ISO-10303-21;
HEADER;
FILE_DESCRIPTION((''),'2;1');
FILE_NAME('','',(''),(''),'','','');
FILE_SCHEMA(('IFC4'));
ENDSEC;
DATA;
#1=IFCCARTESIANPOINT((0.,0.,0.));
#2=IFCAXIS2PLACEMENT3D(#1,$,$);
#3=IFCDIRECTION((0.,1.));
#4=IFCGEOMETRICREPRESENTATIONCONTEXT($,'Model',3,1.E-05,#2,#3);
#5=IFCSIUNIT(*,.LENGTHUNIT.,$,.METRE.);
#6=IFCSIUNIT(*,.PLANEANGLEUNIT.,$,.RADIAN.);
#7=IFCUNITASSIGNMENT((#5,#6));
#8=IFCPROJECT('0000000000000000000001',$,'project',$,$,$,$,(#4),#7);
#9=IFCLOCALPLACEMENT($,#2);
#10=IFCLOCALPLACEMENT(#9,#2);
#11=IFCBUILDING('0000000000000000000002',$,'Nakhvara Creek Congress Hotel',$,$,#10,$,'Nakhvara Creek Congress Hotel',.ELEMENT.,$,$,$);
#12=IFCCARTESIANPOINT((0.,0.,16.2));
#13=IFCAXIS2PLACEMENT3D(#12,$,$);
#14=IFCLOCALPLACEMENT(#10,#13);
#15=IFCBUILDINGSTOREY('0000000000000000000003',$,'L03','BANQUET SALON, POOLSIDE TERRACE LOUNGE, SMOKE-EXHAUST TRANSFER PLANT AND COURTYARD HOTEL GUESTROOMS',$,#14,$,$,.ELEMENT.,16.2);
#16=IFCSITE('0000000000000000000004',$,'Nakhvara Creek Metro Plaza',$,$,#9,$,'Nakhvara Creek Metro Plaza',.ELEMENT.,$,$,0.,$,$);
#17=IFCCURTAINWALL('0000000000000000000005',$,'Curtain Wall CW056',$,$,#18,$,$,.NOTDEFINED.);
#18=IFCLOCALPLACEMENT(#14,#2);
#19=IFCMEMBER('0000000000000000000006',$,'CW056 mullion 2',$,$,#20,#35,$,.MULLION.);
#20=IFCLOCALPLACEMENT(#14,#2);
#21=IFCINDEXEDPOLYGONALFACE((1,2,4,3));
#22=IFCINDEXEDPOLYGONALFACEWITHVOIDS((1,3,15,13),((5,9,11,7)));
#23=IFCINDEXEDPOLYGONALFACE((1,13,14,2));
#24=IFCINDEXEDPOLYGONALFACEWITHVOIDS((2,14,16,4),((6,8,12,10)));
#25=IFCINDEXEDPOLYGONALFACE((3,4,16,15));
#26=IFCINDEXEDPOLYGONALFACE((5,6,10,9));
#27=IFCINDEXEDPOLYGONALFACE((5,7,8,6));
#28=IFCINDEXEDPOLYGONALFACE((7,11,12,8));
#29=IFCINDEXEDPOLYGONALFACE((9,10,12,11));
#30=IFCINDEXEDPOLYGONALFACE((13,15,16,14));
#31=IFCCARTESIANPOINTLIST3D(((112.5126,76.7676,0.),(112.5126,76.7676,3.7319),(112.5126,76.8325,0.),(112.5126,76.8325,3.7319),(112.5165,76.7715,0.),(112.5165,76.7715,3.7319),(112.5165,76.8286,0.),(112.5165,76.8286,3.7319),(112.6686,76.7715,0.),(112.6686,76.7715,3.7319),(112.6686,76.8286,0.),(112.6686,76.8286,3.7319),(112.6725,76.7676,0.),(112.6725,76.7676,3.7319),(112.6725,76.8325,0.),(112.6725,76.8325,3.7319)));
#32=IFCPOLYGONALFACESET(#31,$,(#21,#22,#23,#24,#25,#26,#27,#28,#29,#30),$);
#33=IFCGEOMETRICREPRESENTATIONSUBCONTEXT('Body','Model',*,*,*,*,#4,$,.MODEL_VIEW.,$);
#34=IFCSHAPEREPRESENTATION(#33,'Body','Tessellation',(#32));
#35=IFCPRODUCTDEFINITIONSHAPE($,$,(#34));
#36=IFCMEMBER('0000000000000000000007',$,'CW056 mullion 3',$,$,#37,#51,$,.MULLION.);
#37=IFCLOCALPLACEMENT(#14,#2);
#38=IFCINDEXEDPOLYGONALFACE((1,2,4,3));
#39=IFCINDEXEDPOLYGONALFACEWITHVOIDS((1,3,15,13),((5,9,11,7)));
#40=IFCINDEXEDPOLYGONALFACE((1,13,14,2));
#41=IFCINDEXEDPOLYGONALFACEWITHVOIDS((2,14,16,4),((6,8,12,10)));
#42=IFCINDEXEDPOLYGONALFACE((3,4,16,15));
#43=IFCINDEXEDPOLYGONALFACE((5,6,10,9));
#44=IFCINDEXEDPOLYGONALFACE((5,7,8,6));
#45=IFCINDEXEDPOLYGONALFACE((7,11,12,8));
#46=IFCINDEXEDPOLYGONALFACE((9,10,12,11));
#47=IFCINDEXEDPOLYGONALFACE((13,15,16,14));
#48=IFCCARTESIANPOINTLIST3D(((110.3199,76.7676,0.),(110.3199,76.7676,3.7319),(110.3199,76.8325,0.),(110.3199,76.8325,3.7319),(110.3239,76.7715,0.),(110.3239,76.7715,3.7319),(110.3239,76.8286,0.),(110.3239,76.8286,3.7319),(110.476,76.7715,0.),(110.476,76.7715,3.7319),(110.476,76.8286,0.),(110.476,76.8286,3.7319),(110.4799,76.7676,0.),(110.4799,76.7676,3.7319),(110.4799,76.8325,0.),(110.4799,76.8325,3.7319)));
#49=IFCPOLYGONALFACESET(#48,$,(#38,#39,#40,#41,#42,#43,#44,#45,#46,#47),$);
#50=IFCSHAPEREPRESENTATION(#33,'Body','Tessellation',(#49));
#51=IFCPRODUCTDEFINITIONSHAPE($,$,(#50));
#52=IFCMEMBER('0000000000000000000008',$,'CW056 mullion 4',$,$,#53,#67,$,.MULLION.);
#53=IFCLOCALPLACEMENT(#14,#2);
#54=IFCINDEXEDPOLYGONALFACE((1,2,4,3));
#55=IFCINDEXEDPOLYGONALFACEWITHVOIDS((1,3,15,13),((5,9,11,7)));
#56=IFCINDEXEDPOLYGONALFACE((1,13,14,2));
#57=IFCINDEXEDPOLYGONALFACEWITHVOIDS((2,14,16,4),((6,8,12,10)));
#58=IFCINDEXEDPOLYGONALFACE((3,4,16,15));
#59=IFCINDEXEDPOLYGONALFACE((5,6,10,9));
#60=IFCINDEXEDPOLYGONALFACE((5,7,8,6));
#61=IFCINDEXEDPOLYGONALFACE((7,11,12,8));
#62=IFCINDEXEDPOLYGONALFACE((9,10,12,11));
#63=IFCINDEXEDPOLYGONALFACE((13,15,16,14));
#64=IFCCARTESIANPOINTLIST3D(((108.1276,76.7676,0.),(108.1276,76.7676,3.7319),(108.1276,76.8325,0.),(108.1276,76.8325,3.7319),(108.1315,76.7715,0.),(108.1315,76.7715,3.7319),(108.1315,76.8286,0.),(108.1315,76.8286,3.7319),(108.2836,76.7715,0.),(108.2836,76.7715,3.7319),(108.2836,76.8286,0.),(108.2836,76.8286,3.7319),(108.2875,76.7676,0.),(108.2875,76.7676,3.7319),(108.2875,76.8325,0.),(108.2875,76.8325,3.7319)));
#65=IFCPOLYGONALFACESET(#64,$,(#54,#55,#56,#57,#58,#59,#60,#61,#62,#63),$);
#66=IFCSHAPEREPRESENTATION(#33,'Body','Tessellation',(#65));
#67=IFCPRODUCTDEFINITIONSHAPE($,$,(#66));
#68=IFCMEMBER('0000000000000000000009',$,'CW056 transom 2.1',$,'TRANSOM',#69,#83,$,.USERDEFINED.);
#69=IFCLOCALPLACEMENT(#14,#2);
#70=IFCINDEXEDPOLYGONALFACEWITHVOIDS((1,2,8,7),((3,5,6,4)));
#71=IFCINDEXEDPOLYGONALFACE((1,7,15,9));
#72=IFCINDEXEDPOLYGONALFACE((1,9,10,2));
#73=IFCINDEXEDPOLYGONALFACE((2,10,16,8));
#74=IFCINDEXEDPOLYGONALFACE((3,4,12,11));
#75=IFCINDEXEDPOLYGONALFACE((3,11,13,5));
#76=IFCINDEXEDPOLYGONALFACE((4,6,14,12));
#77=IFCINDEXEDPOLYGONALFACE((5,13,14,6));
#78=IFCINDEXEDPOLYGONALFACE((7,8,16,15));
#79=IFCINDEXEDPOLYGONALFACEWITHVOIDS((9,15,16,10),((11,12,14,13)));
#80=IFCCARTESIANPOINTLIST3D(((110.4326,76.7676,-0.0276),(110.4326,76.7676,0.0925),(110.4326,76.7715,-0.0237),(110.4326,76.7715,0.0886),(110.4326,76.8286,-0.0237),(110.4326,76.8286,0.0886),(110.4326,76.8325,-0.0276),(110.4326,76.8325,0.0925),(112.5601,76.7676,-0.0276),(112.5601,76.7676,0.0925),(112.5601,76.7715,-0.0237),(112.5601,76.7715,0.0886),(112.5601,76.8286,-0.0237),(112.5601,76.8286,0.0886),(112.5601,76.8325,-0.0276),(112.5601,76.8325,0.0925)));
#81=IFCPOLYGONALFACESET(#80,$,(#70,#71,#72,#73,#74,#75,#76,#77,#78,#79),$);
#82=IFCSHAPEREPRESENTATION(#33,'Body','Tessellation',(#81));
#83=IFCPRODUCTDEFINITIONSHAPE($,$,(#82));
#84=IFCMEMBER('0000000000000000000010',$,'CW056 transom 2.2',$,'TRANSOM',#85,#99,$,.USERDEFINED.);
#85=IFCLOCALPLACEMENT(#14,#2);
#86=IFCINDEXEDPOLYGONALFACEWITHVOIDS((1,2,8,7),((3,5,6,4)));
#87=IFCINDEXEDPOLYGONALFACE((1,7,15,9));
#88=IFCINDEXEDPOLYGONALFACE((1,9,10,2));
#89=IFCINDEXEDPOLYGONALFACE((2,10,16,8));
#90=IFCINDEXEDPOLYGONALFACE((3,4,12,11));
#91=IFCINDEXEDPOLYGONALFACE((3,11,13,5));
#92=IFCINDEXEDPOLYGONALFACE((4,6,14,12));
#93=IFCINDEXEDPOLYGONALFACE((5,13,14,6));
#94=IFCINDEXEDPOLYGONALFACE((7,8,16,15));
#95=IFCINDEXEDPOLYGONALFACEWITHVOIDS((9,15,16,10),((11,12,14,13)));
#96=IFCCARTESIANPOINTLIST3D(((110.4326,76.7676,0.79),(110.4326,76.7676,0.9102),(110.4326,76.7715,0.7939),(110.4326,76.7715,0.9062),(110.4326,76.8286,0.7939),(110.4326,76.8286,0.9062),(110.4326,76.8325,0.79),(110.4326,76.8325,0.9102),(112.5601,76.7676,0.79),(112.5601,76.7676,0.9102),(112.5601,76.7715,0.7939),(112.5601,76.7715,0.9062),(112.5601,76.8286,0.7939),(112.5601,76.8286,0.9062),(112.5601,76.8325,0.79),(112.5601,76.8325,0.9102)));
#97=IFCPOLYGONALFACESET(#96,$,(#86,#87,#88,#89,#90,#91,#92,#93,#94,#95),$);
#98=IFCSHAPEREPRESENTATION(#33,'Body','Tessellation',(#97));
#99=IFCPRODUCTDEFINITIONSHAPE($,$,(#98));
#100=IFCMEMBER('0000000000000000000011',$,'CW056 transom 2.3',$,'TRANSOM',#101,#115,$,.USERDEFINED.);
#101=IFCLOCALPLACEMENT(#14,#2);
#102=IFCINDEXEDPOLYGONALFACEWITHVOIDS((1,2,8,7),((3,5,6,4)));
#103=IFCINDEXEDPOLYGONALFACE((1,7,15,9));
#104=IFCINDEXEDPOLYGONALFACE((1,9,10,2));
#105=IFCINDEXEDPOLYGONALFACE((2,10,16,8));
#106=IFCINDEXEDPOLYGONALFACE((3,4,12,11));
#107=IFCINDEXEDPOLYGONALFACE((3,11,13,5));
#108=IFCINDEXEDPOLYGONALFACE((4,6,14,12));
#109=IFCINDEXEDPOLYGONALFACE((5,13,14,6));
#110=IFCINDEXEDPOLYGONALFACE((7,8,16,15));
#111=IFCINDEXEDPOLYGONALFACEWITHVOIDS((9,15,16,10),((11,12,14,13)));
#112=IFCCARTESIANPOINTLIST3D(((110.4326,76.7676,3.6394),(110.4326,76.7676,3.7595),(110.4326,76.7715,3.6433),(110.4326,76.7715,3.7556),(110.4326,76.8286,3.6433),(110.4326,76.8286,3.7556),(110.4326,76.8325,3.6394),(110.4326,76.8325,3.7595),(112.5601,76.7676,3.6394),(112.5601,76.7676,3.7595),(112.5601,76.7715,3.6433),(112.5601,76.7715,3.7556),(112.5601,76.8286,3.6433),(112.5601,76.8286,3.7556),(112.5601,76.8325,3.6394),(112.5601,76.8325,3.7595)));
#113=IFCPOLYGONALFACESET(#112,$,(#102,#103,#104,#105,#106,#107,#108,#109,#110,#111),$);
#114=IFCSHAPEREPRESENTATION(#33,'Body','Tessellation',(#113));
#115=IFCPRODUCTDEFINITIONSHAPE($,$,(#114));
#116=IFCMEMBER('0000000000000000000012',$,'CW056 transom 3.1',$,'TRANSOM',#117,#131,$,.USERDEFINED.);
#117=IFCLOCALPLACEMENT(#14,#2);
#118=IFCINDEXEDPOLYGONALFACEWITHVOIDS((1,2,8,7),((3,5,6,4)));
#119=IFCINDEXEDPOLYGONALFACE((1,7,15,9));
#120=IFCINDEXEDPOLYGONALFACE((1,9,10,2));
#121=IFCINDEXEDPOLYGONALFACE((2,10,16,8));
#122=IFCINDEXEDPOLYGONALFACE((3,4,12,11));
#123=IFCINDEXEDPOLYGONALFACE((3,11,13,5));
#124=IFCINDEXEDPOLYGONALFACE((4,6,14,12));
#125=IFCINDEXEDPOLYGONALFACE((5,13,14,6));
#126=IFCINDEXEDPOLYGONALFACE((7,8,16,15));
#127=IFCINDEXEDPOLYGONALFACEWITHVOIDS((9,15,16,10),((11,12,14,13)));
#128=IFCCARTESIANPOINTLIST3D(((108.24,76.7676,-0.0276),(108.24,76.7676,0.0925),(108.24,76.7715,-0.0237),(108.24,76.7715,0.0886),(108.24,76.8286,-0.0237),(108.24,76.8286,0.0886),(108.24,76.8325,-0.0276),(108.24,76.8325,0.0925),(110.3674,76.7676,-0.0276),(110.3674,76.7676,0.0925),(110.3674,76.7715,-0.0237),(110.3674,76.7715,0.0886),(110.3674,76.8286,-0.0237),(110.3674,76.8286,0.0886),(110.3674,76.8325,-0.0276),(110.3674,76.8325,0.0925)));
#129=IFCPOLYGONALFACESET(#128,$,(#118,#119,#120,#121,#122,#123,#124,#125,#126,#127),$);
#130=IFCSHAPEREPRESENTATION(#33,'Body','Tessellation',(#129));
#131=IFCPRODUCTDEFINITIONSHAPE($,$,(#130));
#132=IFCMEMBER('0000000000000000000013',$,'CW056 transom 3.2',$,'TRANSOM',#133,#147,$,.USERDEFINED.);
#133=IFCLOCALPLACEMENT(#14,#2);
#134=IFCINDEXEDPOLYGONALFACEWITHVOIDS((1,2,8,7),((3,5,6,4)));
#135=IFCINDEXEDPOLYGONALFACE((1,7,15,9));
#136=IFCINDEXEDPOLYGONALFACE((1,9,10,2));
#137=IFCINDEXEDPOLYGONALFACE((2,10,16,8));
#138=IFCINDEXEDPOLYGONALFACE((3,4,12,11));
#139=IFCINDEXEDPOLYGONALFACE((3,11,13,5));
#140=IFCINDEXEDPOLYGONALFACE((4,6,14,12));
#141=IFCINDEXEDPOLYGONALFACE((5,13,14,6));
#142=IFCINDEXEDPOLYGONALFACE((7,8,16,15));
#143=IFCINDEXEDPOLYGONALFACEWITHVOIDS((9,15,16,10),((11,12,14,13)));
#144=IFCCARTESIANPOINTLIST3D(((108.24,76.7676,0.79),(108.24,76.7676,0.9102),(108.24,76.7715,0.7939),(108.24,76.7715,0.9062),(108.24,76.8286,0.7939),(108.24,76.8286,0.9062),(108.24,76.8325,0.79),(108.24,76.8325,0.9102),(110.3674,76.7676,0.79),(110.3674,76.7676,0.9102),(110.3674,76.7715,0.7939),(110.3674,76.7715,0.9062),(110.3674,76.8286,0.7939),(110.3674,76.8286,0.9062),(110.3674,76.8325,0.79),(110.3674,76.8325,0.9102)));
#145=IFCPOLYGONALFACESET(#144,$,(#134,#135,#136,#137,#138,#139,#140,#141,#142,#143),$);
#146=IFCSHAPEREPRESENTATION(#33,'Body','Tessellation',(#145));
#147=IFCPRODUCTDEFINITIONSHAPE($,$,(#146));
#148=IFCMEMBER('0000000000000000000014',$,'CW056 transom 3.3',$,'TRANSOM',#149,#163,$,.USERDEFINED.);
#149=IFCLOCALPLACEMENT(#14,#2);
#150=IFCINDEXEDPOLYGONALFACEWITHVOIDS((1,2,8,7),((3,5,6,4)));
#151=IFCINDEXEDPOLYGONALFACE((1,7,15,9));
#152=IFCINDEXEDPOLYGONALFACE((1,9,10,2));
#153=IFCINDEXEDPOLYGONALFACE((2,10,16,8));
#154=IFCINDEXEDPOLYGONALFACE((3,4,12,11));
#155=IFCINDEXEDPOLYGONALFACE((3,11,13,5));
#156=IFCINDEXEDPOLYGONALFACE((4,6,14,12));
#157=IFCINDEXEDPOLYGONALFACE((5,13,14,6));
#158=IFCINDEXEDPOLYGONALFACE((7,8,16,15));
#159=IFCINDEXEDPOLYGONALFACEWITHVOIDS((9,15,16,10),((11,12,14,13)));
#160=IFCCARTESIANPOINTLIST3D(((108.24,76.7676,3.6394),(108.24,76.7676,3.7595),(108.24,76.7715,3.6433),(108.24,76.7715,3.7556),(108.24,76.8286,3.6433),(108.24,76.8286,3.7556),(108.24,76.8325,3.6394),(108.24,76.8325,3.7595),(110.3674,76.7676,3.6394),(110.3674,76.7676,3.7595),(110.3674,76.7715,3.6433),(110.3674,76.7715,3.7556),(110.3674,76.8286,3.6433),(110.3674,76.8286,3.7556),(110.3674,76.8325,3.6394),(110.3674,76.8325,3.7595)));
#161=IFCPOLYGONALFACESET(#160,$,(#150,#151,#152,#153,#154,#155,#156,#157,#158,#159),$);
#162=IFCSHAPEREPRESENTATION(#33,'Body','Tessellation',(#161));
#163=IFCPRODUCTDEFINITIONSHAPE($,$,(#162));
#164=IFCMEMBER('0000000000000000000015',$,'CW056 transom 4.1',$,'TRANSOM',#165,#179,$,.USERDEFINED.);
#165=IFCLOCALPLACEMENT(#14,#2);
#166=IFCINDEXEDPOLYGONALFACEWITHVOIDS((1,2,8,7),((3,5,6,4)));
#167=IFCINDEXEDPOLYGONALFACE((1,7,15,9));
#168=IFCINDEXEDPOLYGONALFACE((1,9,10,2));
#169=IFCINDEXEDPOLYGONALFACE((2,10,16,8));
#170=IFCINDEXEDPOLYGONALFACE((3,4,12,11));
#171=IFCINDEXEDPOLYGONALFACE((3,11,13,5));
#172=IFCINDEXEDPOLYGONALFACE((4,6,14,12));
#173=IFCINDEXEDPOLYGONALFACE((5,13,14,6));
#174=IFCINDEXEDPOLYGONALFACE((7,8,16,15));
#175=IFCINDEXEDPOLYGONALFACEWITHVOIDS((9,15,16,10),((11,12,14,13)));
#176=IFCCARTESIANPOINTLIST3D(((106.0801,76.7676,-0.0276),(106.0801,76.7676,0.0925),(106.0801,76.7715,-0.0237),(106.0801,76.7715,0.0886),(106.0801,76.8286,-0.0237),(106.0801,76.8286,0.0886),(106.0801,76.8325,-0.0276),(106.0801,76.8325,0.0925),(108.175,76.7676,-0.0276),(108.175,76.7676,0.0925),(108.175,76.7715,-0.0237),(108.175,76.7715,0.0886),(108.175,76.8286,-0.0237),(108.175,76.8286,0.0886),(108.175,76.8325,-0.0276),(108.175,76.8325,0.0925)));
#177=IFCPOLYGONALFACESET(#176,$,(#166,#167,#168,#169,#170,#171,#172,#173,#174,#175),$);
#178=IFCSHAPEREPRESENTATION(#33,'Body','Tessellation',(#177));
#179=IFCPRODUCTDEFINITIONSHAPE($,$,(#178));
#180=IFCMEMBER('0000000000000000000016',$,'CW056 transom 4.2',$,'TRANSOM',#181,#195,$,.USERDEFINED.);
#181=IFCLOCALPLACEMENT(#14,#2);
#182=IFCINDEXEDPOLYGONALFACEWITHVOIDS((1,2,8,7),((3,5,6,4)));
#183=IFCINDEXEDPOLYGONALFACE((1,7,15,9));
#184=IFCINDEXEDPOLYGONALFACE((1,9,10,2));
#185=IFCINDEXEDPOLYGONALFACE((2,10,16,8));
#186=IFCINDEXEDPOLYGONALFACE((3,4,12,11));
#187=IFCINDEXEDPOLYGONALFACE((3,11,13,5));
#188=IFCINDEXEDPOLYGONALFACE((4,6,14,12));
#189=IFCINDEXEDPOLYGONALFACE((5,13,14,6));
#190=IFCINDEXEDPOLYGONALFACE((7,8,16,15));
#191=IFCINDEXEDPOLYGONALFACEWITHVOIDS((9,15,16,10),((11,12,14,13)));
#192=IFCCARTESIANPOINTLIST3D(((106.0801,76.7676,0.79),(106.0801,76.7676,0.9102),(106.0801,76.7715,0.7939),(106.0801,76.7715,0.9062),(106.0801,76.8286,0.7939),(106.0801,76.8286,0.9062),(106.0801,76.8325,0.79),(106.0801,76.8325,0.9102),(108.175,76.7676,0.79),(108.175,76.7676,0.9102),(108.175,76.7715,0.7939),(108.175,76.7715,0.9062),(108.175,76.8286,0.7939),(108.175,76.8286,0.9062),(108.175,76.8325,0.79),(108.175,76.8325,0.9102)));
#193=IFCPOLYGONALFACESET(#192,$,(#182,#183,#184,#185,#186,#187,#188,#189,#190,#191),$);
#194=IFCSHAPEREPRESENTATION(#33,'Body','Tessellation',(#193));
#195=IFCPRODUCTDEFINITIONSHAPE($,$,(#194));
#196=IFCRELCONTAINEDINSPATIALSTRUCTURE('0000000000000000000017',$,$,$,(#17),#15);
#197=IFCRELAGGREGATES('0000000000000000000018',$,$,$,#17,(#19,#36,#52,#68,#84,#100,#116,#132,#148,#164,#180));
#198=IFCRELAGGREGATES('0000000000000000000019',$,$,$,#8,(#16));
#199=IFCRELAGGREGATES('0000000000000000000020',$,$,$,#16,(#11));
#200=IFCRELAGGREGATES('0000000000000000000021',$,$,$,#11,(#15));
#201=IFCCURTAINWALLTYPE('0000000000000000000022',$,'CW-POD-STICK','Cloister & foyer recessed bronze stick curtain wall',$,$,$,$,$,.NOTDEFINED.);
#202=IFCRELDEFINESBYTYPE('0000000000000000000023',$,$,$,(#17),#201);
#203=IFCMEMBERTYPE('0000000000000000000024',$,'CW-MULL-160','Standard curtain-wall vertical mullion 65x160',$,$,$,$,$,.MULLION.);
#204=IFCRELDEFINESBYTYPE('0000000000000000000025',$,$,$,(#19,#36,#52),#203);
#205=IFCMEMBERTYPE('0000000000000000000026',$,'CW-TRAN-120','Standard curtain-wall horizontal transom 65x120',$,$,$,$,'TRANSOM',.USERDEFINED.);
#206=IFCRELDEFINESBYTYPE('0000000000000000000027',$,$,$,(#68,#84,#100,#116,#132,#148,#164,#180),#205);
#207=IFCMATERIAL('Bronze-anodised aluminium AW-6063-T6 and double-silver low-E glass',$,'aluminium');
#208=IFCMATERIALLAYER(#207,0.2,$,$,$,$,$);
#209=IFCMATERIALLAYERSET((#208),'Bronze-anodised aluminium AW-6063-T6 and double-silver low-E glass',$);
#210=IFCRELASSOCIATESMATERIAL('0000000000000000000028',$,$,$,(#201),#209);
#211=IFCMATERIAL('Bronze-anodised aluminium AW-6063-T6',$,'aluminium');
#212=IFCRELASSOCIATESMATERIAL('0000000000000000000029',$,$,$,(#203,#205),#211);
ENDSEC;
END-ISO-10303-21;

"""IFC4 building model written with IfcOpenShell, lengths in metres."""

from ifc_helpers import new_model, si_unit, direction, frame, origin, origin_2d, place, context, subcontext, project, spatial, hollow_rectangle, extrude, material, layer, layer_set, material_profile, profile_set, type_object, element, aggregate, save


model = new_model("IFC4")

# Units and contexts
model_context = context("Model", 3, precision=1e-05, world=origin(), true_north=direction((0.0, 1.0)))
body_context = subcontext(model_context, "Body", "Model", "MODEL_VIEW")
ifc_project = project(units=[si_unit("LENGTHUNIT", "METRE"), si_unit("PLANEANGLEUNIT", "RADIAN")], contexts=[model_context])

# Site, building, storey
site_placement = place(None, origin())
site = spatial("IfcSite", under=ifc_project, at=site_placement, Name="Nakhvara Creek Metro Plaza", LongName="Nakhvara Creek Metro Plaza", CompositionType="ELEMENT", RefElevation=0.0)
building_placement = place(site_placement, origin())
building = spatial("IfcBuilding", under=site, at=building_placement, Name="Nakhvara Creek Congress Hotel", LongName="Nakhvara Creek Congress Hotel", CompositionType="ELEMENT")
storey_placement = place(building_placement, frame((0.0, 0.0, 16.2)))
storey = spatial("IfcBuildingStorey", under=building, at=storey_placement, Name="L03", Description="BANQUET SALON, POOLSIDE TERRACE LOUNGE, SMOKE-EXHAUST TRANSFER PLANT AND COURTYARD HOTEL GUESTROOMS", CompositionType="ELEMENT", Elevation=16.2)

# Curtain wall, members
ifc_material_1 = material(Name="Bronze-anodised aluminium AW-6063-T6 and double-silver low-E glass", Category="aluminium")
ifc_layer = layer(ifc_material_1, 0.2)
ifc_layer_set = layer_set([ifc_layer], Name="Bronze-anodised aluminium AW-6063-T6 and double-silver low-E glass")
curtain_wall_type = type_object("IfcCurtainWallType", Name="CW-POD-STICK", Description="Cloister & foyer recessed bronze stick curtain wall", PredefinedType="NOTDEFINED", material=ifc_layer_set)
curtain_wall_1_placement = place(storey_placement, origin())
curtain_wall_1 = element("IfcCurtainWall", 1, at=curtain_wall_1_placement, inside=storey, type_object=curtain_wall_type, Name="Curtain Wall CW056", PredefinedType="NOTDEFINED")
ifc_material_2 = material(Name="Bronze-anodised aluminium AW-6063-T6", Category="aluminium")
ifc_material_profile_1 = material_profile(ifc_material_2, hollow_rectangle(XDim=0.0649, YDim=0.1599, WallThickness=0.0039, at=origin_2d()), Name="ALU-MULL 65x160x4", Category="LoadBearing")
ifc_profile_set_1 = profile_set([ifc_material_profile_1], Name="Bronze-anodised aluminium AW-6063-T6")
member_type_1 = type_object("IfcMemberType", Name="CW-MULL-160", Description="Standard curtain-wall vertical mullion 65x160", PredefinedType="MULLION", material=ifc_profile_set_1)
member_1_placement = place(storey_placement, frame((112.5925, 76.8, 0.0), z_axis=(0.0, 0.0, 1.0), x_axis=(0.0, -1.0, 0.0)))
member_1 = element("IfcMember", 2, at=member_1_placement, type_object=member_type_1, Name="CW056 mullion 2", PredefinedType="MULLION", context=body_context, shape_type="SweptSolid", body=[
    extrude(hollow_rectangle(XDim=0.0649, YDim=0.1599, WallThickness=0.0039, at=origin_2d()), origin(), (0.0, 0.0, 1.0), 3.7319),
])
member_2_placement = place(storey_placement, frame((110.3999, 76.8, 0.0), z_axis=(0.0, 0.0, 1.0), x_axis=(0.0, -1.0, 0.0)))
member_2 = element("IfcMember", 3, at=member_2_placement, type_object=member_type_1, Name="CW056 mullion 3", PredefinedType="MULLION", context=body_context, shape_type="SweptSolid", body=[
    extrude(hollow_rectangle(XDim=0.0649, YDim=0.1599, WallThickness=0.0039, at=origin_2d()), origin(), (0.0, 0.0, 1.0), 3.7319),
])
member_3_placement = place(storey_placement, frame((108.2075, 76.8, 0.0), z_axis=(0.0, 0.0, 1.0), x_axis=(0.0, -1.0, 0.0)))
member_3 = element("IfcMember", 4, at=member_3_placement, type_object=member_type_1, Name="CW056 mullion 4", PredefinedType="MULLION", context=body_context, shape_type="SweptSolid", body=[
    extrude(hollow_rectangle(XDim=0.0649, YDim=0.1599, WallThickness=0.0039, at=origin_2d()), origin(), (0.0, 0.0, 1.0), 3.7319),
])
ifc_material_profile_2 = material_profile(ifc_material_2, hollow_rectangle(XDim=0.0649, YDim=0.1201, WallThickness=0.0039, at=origin_2d()), Name="ALU-TRAN 65x120x4", Category="LoadBearing")
ifc_profile_set_2 = profile_set([ifc_material_profile_2], Name="Bronze-anodised aluminium AW-6063-T6")
member_type_2 = type_object("IfcMemberType", Name="CW-TRAN-120", Description="Standard curtain-wall horizontal transom 65x120", ElementType="TRANSOM", PredefinedType="USERDEFINED", material=ifc_profile_set_2)
member_4_placement = place(storey_placement, frame((112.5601, 76.8, 0.0325), z_axis=(-1.0, 0.0, 0.0), x_axis=(0.0, -1.0, 0.0)))
member_4 = element("IfcMember", 5, at=member_4_placement, type_object=member_type_2, Name="CW056 transom 2.1", ObjectType="TRANSOM", PredefinedType="USERDEFINED", context=body_context, shape_type="SweptSolid", body=[
    extrude(hollow_rectangle(XDim=0.0649, YDim=0.1201, WallThickness=0.0039, at=origin_2d()), origin(), (0.0, 0.0, 1.0), 2.1274),
])
member_5_placement = place(storey_placement, frame((112.5601, 76.8, 0.8501), z_axis=(-1.0, 0.0, 0.0), x_axis=(0.0, -1.0, 0.0)))
member_5 = element("IfcMember", 6, at=member_5_placement, type_object=member_type_2, Name="CW056 transom 2.2", ObjectType="TRANSOM", PredefinedType="USERDEFINED", context=body_context, shape_type="SweptSolid", body=[
    extrude(hollow_rectangle(XDim=0.0649, YDim=0.1201, WallThickness=0.0039, at=origin_2d()), origin(), (0.0, 0.0, 1.0), 2.1274),
])
member_6_placement = place(storey_placement, frame((112.5601, 76.8, 3.6995), z_axis=(-1.0, 0.0, 0.0), x_axis=(0.0, -1.0, 0.0)))
member_6 = element("IfcMember", 7, at=member_6_placement, type_object=member_type_2, Name="CW056 transom 2.3", ObjectType="TRANSOM", PredefinedType="USERDEFINED", context=body_context, shape_type="SweptSolid", body=[
    extrude(hollow_rectangle(XDim=0.0649, YDim=0.1201, WallThickness=0.0039, at=origin_2d()), origin(), (0.0, 0.0, 1.0), 2.1274),
])
member_7_placement = place(storey_placement, frame((110.3674, 76.8, 0.0325), z_axis=(-1.0, 0.0, 0.0), x_axis=(0.0, -1.0, 0.0)))
member_7 = element("IfcMember", 8, at=member_7_placement, type_object=member_type_2, Name="CW056 transom 3.1", ObjectType="TRANSOM", PredefinedType="USERDEFINED", context=body_context, shape_type="SweptSolid", body=[
    extrude(hollow_rectangle(XDim=0.0649, YDim=0.1201, WallThickness=0.0039, at=origin_2d()), origin(), (0.0, 0.0, 1.0), 2.1274),
])
member_8_placement = place(storey_placement, frame((110.3674, 76.8, 0.8501), z_axis=(-1.0, 0.0, 0.0), x_axis=(0.0, -1.0, 0.0)))
member_8 = element("IfcMember", 9, at=member_8_placement, type_object=member_type_2, Name="CW056 transom 3.2", ObjectType="TRANSOM", PredefinedType="USERDEFINED", context=body_context, shape_type="SweptSolid", body=[
    extrude(hollow_rectangle(XDim=0.0649, YDim=0.1201, WallThickness=0.0039, at=origin_2d()), origin(), (0.0, 0.0, 1.0), 2.1274),
])
member_9_placement = place(storey_placement, frame((110.3674, 76.8, 3.6995), z_axis=(-1.0, 0.0, 0.0), x_axis=(0.0, -1.0, 0.0)))
member_9 = element("IfcMember", 10, at=member_9_placement, type_object=member_type_2, Name="CW056 transom 3.3", ObjectType="TRANSOM", PredefinedType="USERDEFINED", context=body_context, shape_type="SweptSolid", body=[
    extrude(hollow_rectangle(XDim=0.0649, YDim=0.1201, WallThickness=0.0039, at=origin_2d()), origin(), (0.0, 0.0, 1.0), 2.1274),
])
member_10_placement = place(storey_placement, frame((108.175, 76.8, 0.0325), z_axis=(-1.0, 0.0, 0.0), x_axis=(0.0, -1.0, 0.0)))
member_10 = element("IfcMember", 11, at=member_10_placement, type_object=member_type_2, Name="CW056 transom 4.1", ObjectType="TRANSOM", PredefinedType="USERDEFINED", context=body_context, shape_type="SweptSolid", body=[
    extrude(hollow_rectangle(XDim=0.0649, YDim=0.1201, WallThickness=0.0039, at=origin_2d()), origin(), (0.0, 0.0, 1.0), 2.095),
])
member_11_placement = place(storey_placement, frame((108.175, 76.8, 0.8501), z_axis=(-1.0, 0.0, 0.0), x_axis=(0.0, -1.0, 0.0)))
member_11 = element("IfcMember", 12, at=member_11_placement, type_object=member_type_2, Name="CW056 transom 4.2", ObjectType="TRANSOM", PredefinedType="USERDEFINED", context=body_context, shape_type="SweptSolid", body=[
    extrude(hollow_rectangle(XDim=0.0649, YDim=0.1201, WallThickness=0.0039, at=origin_2d()), origin(), (0.0, 0.0, 1.0), 2.095),
])

aggregate(curtain_wall_1, [member_1, member_2, member_3, member_4, member_5, member_6, member_7, member_8, member_9, member_10, member_11])

save(model, "model.ifc")
